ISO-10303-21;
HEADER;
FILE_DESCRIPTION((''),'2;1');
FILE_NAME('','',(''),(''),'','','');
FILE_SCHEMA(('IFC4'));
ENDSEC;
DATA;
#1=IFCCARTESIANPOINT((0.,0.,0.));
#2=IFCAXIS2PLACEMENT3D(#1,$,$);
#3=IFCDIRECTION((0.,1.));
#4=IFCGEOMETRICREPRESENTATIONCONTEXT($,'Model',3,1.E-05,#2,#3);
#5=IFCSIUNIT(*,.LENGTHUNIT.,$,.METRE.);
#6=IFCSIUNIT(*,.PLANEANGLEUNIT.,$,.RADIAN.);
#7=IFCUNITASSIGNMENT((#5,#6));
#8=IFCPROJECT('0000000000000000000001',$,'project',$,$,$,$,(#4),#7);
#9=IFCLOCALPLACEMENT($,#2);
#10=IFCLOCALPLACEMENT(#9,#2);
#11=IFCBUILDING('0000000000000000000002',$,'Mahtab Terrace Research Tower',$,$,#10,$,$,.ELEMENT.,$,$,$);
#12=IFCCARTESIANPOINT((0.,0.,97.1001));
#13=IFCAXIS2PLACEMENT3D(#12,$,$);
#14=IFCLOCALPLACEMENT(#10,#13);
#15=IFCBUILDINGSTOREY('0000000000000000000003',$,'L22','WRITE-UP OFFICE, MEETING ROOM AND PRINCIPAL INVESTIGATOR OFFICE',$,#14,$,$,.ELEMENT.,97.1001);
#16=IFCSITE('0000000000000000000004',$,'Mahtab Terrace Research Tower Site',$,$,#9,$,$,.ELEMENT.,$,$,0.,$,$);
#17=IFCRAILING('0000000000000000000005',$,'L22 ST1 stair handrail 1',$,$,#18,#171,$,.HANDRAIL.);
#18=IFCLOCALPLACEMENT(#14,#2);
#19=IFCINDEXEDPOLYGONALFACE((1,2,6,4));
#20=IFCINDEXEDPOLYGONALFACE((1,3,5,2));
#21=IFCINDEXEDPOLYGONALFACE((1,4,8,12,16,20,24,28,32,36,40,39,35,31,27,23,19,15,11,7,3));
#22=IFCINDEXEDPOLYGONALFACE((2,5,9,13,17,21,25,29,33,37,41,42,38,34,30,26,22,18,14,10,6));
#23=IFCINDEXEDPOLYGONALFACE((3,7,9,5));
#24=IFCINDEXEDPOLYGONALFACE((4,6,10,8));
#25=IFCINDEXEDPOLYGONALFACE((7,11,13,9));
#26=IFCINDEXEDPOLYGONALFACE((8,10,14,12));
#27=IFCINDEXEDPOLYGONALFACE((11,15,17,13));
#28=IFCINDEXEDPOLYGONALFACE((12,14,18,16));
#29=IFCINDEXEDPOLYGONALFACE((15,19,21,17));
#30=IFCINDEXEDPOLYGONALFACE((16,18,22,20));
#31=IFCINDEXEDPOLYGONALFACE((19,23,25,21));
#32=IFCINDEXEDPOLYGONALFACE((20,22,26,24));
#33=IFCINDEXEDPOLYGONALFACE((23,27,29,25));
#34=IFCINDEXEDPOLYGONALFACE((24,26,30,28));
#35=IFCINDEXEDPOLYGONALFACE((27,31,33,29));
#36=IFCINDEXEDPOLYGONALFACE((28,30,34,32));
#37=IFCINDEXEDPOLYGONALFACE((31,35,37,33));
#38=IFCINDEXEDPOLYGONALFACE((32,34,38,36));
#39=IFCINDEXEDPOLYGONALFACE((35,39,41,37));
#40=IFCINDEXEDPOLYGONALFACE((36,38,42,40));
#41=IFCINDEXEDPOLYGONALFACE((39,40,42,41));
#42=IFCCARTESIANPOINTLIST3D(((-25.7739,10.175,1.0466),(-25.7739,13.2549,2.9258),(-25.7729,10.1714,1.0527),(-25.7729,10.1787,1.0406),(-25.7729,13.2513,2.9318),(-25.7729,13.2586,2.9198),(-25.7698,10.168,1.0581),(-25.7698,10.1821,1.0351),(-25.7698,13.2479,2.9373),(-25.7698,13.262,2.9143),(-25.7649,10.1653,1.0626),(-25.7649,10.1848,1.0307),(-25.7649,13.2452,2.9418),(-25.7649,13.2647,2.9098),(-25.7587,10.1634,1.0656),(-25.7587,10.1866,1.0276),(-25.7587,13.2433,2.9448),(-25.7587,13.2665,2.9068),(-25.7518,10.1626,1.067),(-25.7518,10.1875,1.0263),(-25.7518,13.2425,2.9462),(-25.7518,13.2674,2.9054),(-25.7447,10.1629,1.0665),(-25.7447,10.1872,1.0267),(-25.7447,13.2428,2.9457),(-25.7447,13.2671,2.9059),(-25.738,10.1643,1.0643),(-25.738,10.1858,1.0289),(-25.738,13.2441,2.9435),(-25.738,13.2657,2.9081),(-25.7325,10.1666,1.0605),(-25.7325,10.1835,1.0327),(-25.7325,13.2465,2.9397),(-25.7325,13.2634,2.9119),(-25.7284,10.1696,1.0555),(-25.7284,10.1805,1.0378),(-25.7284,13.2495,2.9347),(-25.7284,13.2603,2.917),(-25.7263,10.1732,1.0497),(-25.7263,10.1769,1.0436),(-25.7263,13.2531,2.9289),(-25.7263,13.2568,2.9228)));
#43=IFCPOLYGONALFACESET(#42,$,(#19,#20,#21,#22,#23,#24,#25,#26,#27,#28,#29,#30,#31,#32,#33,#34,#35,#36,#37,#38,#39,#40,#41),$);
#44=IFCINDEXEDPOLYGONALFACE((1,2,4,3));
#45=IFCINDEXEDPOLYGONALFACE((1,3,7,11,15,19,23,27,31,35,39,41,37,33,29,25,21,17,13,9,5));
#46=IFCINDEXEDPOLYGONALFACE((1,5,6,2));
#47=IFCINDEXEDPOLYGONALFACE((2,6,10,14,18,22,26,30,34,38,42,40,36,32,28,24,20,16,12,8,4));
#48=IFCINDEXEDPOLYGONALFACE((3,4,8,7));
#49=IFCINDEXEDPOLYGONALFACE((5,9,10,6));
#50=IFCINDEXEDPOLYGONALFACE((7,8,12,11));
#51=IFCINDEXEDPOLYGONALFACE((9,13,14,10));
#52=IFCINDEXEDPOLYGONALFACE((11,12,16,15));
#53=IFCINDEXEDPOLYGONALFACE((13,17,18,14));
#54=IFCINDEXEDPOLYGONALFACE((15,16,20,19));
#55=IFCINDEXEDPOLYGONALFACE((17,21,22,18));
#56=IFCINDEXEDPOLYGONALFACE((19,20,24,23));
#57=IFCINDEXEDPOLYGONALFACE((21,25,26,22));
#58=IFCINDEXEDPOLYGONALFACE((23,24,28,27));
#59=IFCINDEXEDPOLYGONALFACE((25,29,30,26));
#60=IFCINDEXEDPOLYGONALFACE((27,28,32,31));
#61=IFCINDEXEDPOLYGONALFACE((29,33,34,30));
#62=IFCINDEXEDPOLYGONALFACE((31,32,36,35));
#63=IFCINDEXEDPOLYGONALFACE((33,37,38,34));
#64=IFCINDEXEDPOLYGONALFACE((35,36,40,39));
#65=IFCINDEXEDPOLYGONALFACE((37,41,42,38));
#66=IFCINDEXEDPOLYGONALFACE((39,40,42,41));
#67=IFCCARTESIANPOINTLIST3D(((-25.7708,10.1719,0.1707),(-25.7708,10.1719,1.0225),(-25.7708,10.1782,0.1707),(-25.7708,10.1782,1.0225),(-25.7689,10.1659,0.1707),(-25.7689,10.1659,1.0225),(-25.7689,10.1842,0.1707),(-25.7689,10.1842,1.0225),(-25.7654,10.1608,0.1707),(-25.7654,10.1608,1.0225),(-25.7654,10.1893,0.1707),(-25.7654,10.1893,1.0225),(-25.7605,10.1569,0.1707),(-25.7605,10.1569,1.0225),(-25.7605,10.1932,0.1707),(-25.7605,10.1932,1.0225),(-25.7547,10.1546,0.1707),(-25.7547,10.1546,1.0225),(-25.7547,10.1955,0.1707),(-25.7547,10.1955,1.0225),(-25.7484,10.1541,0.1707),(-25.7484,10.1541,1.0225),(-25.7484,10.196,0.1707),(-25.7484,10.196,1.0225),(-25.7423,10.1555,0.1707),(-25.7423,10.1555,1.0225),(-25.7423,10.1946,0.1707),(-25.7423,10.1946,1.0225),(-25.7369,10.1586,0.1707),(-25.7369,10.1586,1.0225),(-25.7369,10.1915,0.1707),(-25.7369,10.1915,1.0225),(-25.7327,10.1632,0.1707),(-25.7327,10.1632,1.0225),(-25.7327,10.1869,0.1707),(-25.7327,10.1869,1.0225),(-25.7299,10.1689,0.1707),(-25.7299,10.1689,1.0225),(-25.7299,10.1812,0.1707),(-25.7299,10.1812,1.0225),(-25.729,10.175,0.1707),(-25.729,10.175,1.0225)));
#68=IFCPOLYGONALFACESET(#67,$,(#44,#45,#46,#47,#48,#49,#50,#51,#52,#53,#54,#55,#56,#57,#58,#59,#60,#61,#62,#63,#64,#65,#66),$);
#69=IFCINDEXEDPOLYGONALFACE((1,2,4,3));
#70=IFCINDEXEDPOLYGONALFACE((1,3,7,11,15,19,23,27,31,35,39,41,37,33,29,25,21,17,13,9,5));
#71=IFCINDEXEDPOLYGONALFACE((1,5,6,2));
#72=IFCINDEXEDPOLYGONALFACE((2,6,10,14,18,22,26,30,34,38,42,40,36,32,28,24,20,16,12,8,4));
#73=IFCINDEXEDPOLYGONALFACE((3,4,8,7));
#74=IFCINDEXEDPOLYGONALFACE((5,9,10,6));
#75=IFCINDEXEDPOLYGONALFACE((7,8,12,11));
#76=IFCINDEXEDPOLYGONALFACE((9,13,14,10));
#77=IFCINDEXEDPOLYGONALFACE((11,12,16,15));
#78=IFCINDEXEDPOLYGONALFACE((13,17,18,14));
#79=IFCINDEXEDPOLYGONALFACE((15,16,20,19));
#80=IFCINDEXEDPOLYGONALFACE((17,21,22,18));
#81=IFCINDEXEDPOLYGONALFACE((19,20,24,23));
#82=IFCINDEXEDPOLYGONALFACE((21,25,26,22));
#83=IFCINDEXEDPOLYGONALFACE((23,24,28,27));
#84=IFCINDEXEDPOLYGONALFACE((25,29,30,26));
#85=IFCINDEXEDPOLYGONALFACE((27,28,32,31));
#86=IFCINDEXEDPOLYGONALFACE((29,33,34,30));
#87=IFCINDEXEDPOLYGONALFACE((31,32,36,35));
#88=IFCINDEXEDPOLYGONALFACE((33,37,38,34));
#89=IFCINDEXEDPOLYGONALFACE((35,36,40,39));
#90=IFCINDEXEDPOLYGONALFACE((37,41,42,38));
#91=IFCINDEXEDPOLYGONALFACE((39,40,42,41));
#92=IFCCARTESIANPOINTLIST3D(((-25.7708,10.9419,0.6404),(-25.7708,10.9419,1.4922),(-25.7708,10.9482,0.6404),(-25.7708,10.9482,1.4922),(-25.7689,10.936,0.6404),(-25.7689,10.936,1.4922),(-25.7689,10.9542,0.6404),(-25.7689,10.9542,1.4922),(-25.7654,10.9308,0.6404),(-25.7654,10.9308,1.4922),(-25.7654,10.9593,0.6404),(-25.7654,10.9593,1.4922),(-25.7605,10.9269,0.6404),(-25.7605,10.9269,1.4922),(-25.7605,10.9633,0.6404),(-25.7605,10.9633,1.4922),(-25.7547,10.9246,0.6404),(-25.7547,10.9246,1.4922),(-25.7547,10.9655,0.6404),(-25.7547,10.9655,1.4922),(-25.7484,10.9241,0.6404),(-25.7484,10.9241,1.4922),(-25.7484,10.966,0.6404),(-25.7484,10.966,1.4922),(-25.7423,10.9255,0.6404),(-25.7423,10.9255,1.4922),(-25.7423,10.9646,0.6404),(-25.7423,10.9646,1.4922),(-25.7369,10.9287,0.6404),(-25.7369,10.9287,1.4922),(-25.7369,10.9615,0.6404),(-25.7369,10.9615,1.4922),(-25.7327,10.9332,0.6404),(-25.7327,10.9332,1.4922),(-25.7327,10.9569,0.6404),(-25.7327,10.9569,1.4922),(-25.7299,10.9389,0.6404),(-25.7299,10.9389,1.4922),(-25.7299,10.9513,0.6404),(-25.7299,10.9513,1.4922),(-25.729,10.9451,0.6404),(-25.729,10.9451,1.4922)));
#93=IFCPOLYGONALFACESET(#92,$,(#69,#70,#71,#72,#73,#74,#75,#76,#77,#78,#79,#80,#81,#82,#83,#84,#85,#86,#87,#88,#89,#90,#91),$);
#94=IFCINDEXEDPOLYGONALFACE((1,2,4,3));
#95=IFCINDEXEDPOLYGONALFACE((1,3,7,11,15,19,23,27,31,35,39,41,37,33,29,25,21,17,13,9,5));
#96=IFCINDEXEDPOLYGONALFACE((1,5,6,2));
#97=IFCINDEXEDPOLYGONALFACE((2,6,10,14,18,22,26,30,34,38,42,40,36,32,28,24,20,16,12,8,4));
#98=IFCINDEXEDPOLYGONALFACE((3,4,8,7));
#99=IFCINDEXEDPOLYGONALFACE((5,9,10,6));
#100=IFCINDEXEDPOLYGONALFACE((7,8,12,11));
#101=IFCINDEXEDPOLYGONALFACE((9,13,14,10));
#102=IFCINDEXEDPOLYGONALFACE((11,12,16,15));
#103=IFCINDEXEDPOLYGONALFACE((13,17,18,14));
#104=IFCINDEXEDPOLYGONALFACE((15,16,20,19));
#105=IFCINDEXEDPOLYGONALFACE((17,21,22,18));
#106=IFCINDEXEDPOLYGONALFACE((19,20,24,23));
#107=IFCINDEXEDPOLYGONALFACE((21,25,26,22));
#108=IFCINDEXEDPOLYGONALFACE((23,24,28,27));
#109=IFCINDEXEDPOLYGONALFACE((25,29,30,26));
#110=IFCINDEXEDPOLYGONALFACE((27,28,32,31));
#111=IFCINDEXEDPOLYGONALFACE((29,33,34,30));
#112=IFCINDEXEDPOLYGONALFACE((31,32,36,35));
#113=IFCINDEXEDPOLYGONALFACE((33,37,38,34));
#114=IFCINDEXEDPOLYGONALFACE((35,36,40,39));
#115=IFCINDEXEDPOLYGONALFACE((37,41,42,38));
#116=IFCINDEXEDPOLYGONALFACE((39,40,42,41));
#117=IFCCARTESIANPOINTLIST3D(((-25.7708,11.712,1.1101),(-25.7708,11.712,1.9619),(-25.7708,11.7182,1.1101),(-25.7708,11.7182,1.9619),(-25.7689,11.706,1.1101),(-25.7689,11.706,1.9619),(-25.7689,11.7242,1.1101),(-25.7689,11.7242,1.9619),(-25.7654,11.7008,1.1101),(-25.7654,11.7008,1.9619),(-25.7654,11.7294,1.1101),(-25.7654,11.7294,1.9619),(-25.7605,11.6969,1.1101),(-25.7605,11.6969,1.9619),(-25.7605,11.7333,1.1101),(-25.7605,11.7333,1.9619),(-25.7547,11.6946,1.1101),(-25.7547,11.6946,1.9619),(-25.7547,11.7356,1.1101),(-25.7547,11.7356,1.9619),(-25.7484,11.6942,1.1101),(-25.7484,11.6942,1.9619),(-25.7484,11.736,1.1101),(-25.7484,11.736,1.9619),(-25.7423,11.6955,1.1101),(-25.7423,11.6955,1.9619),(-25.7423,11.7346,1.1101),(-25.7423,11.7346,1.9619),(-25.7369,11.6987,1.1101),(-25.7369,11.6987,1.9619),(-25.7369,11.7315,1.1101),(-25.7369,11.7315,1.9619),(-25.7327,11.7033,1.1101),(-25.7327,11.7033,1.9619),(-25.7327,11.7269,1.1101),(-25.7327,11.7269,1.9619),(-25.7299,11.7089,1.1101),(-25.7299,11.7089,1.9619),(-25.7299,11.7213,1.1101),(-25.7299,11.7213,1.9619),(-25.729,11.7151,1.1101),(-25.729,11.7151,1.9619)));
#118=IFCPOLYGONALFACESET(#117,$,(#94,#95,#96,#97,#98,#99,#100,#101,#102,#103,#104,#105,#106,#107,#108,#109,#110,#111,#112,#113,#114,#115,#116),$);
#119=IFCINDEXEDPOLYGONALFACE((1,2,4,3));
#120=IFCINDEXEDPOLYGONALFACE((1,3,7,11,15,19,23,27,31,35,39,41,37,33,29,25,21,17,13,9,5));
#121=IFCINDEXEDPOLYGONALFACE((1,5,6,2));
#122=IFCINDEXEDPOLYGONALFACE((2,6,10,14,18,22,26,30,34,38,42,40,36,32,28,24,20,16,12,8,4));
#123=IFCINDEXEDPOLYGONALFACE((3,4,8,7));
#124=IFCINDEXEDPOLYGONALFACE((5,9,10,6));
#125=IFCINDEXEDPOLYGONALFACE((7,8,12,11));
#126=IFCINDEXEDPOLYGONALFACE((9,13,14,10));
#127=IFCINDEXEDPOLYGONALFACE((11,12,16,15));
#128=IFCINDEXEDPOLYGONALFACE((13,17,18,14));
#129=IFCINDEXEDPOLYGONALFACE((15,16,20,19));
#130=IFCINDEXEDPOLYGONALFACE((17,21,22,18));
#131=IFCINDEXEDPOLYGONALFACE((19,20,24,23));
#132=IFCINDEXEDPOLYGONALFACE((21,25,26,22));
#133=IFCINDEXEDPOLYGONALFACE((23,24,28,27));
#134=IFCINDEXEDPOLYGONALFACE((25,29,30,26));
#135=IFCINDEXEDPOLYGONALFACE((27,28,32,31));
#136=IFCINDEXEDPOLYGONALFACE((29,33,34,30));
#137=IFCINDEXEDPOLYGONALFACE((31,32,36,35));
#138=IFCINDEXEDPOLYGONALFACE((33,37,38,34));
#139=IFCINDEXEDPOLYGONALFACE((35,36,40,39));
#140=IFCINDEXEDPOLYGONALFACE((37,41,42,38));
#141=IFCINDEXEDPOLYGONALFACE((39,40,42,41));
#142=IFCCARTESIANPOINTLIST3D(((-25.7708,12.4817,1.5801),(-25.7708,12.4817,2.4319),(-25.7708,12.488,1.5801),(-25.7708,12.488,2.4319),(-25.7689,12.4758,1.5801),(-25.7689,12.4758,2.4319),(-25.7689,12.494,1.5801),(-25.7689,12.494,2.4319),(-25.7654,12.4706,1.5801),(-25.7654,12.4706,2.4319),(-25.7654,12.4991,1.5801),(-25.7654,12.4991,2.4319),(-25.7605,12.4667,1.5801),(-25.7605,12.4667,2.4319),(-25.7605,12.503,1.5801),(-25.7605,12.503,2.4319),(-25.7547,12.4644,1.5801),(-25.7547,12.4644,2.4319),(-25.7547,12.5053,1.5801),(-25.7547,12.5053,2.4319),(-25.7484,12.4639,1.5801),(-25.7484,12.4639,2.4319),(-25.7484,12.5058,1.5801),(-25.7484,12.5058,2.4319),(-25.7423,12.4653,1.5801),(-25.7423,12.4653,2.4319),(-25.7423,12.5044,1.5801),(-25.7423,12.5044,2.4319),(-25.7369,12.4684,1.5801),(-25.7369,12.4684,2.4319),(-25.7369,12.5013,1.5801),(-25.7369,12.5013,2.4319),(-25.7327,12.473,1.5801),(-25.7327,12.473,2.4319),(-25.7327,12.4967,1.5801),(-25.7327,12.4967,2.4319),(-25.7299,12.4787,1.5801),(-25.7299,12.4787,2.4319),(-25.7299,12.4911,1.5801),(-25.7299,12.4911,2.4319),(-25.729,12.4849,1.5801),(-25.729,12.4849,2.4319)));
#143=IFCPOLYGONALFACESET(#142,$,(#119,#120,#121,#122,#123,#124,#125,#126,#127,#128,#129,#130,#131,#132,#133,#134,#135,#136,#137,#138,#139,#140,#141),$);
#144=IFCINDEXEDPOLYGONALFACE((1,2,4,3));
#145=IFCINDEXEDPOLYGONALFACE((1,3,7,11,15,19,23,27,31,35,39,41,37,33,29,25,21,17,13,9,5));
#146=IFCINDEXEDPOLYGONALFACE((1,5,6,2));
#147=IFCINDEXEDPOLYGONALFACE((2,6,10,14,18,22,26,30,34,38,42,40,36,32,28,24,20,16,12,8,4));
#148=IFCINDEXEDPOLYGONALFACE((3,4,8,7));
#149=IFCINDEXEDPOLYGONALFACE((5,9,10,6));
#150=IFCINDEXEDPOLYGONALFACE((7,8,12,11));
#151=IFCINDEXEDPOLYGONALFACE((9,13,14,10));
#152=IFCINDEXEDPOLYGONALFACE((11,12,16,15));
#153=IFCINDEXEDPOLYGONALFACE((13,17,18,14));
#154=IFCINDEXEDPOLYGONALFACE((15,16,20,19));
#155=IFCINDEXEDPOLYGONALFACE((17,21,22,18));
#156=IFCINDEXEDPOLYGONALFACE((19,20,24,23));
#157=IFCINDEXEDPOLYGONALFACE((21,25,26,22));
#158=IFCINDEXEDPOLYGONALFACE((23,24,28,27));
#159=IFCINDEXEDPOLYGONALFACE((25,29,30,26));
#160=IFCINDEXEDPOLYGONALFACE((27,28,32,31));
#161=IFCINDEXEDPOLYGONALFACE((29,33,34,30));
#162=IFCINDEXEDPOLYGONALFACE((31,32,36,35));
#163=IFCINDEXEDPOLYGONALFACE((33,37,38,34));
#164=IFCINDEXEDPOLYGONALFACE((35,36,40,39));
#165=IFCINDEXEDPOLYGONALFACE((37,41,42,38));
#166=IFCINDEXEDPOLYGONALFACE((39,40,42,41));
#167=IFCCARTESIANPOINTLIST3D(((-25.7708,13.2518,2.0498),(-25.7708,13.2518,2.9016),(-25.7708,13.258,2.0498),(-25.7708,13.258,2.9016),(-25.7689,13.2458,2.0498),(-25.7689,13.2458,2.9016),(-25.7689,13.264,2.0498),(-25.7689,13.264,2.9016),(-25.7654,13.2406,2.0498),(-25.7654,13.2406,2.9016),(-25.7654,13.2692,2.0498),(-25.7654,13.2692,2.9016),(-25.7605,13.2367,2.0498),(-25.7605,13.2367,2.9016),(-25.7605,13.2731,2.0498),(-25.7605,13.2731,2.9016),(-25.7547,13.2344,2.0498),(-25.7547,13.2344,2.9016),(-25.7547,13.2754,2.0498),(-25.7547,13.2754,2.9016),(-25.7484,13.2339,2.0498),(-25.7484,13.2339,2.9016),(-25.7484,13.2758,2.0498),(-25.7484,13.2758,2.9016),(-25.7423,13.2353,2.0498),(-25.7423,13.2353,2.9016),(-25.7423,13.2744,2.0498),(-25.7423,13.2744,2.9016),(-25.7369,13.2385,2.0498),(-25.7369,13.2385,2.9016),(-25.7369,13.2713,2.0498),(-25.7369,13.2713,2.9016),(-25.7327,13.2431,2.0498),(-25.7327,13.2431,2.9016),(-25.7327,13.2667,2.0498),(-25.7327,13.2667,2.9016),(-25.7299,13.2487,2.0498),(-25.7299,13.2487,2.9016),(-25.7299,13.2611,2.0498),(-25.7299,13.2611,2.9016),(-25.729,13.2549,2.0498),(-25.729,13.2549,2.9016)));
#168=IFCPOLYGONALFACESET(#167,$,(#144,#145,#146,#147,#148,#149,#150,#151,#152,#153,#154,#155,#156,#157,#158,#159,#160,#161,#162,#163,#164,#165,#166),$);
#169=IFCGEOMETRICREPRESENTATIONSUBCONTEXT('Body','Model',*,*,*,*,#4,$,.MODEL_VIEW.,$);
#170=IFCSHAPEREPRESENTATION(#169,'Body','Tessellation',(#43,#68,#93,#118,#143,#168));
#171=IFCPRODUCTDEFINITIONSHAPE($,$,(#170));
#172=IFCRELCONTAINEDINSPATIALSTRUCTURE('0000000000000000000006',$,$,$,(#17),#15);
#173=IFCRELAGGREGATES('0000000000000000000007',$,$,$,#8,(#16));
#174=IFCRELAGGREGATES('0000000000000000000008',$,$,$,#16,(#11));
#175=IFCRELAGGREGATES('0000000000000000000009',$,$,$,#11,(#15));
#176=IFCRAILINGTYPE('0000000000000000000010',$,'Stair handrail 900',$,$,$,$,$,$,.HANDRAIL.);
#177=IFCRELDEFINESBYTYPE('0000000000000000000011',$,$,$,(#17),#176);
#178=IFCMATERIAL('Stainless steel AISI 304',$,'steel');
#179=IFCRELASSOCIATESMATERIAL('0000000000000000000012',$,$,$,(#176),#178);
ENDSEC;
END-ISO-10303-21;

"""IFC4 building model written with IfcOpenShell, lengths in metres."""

from ifc_helpers import new_model, si_unit, direction, frame, origin, origin_2d, place, context, subcontext, project, spatial, circle, extrude, material, type_object, element, save


model = new_model("IFC4")

# Units and contexts
model_context = context("Model", 3, precision=1e-05, world=origin(), true_north=direction((0.0, 1.0)))
body_context = subcontext(model_context, "Body", "Model", "MODEL_VIEW")
ifc_project = project(units=[si_unit("LENGTHUNIT", "METRE"), si_unit("PLANEANGLEUNIT", "RADIAN")], contexts=[model_context])

# Site, building, storey
site_placement = place(None, origin())
site = spatial("IfcSite", under=ifc_project, at=site_placement, Name="Mahtab Terrace Research Tower Site", CompositionType="ELEMENT", RefElevation=0.0)
building_placement = place(site_placement, origin())
building = spatial("IfcBuilding", under=site, at=building_placement, Name="Mahtab Terrace Research Tower", CompositionType="ELEMENT")
storey_placement = place(building_placement, frame((0.0, 0.0, 97.1001)))
storey = spatial("IfcBuildingStorey", under=building, at=storey_placement, Name="L22", Description="WRITE-UP OFFICE, MEETING ROOM AND PRINCIPAL INVESTIGATOR OFFICE", CompositionType="ELEMENT", Elevation=97.1001)

# Railing
ifc_material_1 = material(Name="Stainless steel AISI 304", Category="steel")
railing_type_1 = type_object("IfcRailingType", Name="Stair handrail 900", PredefinedType="HANDRAIL", material=ifc_material_1)
railing_1_placement = place(storey_placement, frame((-25.75, 10.175, 0.1707)))
element("IfcRailing", 1, at=railing_1_placement, inside=storey, type_object=railing_type_1, Name="L22 ST1 stair handrail 1", PredefinedType="HANDRAIL", context=body_context, shape_type="SweptSolid", body=[
    extrude(circle(Radius=0.0239, at=origin_2d()), frame((0.0, 0.0, 0.876), z_axis=(0.0, 0.853648, 0.52085), x_axis=(-1.0, 0.0, 0.0)), (0.0, 0.0, 1.0), 3.6079),
    extrude(circle(Radius=0.021, at=origin_2d()), origin(), (0.0, 0.0, 1.0), 0.8518),
    extrude(circle(Radius=0.021, at=origin_2d()), frame((0.0, 0.77, 0.4697)), (0.0, 0.0, 1.0), 0.8518),
    extrude(circle(Radius=0.021, at=origin_2d()), frame((0.0, 1.54, 0.9395)), (0.0, 0.0, 1.0), 0.8518),
    extrude(circle(Radius=0.021, at=origin_2d()), frame((0.0, 2.3098, 1.4094)), (0.0, 0.0, 1.0), 0.8518),
    extrude(circle(Radius=0.021, at=origin_2d()), frame((0.0, 3.0798, 1.8792)), (0.0, 0.0, 1.0), 0.8518),
])

save(model, "model.ifc")
